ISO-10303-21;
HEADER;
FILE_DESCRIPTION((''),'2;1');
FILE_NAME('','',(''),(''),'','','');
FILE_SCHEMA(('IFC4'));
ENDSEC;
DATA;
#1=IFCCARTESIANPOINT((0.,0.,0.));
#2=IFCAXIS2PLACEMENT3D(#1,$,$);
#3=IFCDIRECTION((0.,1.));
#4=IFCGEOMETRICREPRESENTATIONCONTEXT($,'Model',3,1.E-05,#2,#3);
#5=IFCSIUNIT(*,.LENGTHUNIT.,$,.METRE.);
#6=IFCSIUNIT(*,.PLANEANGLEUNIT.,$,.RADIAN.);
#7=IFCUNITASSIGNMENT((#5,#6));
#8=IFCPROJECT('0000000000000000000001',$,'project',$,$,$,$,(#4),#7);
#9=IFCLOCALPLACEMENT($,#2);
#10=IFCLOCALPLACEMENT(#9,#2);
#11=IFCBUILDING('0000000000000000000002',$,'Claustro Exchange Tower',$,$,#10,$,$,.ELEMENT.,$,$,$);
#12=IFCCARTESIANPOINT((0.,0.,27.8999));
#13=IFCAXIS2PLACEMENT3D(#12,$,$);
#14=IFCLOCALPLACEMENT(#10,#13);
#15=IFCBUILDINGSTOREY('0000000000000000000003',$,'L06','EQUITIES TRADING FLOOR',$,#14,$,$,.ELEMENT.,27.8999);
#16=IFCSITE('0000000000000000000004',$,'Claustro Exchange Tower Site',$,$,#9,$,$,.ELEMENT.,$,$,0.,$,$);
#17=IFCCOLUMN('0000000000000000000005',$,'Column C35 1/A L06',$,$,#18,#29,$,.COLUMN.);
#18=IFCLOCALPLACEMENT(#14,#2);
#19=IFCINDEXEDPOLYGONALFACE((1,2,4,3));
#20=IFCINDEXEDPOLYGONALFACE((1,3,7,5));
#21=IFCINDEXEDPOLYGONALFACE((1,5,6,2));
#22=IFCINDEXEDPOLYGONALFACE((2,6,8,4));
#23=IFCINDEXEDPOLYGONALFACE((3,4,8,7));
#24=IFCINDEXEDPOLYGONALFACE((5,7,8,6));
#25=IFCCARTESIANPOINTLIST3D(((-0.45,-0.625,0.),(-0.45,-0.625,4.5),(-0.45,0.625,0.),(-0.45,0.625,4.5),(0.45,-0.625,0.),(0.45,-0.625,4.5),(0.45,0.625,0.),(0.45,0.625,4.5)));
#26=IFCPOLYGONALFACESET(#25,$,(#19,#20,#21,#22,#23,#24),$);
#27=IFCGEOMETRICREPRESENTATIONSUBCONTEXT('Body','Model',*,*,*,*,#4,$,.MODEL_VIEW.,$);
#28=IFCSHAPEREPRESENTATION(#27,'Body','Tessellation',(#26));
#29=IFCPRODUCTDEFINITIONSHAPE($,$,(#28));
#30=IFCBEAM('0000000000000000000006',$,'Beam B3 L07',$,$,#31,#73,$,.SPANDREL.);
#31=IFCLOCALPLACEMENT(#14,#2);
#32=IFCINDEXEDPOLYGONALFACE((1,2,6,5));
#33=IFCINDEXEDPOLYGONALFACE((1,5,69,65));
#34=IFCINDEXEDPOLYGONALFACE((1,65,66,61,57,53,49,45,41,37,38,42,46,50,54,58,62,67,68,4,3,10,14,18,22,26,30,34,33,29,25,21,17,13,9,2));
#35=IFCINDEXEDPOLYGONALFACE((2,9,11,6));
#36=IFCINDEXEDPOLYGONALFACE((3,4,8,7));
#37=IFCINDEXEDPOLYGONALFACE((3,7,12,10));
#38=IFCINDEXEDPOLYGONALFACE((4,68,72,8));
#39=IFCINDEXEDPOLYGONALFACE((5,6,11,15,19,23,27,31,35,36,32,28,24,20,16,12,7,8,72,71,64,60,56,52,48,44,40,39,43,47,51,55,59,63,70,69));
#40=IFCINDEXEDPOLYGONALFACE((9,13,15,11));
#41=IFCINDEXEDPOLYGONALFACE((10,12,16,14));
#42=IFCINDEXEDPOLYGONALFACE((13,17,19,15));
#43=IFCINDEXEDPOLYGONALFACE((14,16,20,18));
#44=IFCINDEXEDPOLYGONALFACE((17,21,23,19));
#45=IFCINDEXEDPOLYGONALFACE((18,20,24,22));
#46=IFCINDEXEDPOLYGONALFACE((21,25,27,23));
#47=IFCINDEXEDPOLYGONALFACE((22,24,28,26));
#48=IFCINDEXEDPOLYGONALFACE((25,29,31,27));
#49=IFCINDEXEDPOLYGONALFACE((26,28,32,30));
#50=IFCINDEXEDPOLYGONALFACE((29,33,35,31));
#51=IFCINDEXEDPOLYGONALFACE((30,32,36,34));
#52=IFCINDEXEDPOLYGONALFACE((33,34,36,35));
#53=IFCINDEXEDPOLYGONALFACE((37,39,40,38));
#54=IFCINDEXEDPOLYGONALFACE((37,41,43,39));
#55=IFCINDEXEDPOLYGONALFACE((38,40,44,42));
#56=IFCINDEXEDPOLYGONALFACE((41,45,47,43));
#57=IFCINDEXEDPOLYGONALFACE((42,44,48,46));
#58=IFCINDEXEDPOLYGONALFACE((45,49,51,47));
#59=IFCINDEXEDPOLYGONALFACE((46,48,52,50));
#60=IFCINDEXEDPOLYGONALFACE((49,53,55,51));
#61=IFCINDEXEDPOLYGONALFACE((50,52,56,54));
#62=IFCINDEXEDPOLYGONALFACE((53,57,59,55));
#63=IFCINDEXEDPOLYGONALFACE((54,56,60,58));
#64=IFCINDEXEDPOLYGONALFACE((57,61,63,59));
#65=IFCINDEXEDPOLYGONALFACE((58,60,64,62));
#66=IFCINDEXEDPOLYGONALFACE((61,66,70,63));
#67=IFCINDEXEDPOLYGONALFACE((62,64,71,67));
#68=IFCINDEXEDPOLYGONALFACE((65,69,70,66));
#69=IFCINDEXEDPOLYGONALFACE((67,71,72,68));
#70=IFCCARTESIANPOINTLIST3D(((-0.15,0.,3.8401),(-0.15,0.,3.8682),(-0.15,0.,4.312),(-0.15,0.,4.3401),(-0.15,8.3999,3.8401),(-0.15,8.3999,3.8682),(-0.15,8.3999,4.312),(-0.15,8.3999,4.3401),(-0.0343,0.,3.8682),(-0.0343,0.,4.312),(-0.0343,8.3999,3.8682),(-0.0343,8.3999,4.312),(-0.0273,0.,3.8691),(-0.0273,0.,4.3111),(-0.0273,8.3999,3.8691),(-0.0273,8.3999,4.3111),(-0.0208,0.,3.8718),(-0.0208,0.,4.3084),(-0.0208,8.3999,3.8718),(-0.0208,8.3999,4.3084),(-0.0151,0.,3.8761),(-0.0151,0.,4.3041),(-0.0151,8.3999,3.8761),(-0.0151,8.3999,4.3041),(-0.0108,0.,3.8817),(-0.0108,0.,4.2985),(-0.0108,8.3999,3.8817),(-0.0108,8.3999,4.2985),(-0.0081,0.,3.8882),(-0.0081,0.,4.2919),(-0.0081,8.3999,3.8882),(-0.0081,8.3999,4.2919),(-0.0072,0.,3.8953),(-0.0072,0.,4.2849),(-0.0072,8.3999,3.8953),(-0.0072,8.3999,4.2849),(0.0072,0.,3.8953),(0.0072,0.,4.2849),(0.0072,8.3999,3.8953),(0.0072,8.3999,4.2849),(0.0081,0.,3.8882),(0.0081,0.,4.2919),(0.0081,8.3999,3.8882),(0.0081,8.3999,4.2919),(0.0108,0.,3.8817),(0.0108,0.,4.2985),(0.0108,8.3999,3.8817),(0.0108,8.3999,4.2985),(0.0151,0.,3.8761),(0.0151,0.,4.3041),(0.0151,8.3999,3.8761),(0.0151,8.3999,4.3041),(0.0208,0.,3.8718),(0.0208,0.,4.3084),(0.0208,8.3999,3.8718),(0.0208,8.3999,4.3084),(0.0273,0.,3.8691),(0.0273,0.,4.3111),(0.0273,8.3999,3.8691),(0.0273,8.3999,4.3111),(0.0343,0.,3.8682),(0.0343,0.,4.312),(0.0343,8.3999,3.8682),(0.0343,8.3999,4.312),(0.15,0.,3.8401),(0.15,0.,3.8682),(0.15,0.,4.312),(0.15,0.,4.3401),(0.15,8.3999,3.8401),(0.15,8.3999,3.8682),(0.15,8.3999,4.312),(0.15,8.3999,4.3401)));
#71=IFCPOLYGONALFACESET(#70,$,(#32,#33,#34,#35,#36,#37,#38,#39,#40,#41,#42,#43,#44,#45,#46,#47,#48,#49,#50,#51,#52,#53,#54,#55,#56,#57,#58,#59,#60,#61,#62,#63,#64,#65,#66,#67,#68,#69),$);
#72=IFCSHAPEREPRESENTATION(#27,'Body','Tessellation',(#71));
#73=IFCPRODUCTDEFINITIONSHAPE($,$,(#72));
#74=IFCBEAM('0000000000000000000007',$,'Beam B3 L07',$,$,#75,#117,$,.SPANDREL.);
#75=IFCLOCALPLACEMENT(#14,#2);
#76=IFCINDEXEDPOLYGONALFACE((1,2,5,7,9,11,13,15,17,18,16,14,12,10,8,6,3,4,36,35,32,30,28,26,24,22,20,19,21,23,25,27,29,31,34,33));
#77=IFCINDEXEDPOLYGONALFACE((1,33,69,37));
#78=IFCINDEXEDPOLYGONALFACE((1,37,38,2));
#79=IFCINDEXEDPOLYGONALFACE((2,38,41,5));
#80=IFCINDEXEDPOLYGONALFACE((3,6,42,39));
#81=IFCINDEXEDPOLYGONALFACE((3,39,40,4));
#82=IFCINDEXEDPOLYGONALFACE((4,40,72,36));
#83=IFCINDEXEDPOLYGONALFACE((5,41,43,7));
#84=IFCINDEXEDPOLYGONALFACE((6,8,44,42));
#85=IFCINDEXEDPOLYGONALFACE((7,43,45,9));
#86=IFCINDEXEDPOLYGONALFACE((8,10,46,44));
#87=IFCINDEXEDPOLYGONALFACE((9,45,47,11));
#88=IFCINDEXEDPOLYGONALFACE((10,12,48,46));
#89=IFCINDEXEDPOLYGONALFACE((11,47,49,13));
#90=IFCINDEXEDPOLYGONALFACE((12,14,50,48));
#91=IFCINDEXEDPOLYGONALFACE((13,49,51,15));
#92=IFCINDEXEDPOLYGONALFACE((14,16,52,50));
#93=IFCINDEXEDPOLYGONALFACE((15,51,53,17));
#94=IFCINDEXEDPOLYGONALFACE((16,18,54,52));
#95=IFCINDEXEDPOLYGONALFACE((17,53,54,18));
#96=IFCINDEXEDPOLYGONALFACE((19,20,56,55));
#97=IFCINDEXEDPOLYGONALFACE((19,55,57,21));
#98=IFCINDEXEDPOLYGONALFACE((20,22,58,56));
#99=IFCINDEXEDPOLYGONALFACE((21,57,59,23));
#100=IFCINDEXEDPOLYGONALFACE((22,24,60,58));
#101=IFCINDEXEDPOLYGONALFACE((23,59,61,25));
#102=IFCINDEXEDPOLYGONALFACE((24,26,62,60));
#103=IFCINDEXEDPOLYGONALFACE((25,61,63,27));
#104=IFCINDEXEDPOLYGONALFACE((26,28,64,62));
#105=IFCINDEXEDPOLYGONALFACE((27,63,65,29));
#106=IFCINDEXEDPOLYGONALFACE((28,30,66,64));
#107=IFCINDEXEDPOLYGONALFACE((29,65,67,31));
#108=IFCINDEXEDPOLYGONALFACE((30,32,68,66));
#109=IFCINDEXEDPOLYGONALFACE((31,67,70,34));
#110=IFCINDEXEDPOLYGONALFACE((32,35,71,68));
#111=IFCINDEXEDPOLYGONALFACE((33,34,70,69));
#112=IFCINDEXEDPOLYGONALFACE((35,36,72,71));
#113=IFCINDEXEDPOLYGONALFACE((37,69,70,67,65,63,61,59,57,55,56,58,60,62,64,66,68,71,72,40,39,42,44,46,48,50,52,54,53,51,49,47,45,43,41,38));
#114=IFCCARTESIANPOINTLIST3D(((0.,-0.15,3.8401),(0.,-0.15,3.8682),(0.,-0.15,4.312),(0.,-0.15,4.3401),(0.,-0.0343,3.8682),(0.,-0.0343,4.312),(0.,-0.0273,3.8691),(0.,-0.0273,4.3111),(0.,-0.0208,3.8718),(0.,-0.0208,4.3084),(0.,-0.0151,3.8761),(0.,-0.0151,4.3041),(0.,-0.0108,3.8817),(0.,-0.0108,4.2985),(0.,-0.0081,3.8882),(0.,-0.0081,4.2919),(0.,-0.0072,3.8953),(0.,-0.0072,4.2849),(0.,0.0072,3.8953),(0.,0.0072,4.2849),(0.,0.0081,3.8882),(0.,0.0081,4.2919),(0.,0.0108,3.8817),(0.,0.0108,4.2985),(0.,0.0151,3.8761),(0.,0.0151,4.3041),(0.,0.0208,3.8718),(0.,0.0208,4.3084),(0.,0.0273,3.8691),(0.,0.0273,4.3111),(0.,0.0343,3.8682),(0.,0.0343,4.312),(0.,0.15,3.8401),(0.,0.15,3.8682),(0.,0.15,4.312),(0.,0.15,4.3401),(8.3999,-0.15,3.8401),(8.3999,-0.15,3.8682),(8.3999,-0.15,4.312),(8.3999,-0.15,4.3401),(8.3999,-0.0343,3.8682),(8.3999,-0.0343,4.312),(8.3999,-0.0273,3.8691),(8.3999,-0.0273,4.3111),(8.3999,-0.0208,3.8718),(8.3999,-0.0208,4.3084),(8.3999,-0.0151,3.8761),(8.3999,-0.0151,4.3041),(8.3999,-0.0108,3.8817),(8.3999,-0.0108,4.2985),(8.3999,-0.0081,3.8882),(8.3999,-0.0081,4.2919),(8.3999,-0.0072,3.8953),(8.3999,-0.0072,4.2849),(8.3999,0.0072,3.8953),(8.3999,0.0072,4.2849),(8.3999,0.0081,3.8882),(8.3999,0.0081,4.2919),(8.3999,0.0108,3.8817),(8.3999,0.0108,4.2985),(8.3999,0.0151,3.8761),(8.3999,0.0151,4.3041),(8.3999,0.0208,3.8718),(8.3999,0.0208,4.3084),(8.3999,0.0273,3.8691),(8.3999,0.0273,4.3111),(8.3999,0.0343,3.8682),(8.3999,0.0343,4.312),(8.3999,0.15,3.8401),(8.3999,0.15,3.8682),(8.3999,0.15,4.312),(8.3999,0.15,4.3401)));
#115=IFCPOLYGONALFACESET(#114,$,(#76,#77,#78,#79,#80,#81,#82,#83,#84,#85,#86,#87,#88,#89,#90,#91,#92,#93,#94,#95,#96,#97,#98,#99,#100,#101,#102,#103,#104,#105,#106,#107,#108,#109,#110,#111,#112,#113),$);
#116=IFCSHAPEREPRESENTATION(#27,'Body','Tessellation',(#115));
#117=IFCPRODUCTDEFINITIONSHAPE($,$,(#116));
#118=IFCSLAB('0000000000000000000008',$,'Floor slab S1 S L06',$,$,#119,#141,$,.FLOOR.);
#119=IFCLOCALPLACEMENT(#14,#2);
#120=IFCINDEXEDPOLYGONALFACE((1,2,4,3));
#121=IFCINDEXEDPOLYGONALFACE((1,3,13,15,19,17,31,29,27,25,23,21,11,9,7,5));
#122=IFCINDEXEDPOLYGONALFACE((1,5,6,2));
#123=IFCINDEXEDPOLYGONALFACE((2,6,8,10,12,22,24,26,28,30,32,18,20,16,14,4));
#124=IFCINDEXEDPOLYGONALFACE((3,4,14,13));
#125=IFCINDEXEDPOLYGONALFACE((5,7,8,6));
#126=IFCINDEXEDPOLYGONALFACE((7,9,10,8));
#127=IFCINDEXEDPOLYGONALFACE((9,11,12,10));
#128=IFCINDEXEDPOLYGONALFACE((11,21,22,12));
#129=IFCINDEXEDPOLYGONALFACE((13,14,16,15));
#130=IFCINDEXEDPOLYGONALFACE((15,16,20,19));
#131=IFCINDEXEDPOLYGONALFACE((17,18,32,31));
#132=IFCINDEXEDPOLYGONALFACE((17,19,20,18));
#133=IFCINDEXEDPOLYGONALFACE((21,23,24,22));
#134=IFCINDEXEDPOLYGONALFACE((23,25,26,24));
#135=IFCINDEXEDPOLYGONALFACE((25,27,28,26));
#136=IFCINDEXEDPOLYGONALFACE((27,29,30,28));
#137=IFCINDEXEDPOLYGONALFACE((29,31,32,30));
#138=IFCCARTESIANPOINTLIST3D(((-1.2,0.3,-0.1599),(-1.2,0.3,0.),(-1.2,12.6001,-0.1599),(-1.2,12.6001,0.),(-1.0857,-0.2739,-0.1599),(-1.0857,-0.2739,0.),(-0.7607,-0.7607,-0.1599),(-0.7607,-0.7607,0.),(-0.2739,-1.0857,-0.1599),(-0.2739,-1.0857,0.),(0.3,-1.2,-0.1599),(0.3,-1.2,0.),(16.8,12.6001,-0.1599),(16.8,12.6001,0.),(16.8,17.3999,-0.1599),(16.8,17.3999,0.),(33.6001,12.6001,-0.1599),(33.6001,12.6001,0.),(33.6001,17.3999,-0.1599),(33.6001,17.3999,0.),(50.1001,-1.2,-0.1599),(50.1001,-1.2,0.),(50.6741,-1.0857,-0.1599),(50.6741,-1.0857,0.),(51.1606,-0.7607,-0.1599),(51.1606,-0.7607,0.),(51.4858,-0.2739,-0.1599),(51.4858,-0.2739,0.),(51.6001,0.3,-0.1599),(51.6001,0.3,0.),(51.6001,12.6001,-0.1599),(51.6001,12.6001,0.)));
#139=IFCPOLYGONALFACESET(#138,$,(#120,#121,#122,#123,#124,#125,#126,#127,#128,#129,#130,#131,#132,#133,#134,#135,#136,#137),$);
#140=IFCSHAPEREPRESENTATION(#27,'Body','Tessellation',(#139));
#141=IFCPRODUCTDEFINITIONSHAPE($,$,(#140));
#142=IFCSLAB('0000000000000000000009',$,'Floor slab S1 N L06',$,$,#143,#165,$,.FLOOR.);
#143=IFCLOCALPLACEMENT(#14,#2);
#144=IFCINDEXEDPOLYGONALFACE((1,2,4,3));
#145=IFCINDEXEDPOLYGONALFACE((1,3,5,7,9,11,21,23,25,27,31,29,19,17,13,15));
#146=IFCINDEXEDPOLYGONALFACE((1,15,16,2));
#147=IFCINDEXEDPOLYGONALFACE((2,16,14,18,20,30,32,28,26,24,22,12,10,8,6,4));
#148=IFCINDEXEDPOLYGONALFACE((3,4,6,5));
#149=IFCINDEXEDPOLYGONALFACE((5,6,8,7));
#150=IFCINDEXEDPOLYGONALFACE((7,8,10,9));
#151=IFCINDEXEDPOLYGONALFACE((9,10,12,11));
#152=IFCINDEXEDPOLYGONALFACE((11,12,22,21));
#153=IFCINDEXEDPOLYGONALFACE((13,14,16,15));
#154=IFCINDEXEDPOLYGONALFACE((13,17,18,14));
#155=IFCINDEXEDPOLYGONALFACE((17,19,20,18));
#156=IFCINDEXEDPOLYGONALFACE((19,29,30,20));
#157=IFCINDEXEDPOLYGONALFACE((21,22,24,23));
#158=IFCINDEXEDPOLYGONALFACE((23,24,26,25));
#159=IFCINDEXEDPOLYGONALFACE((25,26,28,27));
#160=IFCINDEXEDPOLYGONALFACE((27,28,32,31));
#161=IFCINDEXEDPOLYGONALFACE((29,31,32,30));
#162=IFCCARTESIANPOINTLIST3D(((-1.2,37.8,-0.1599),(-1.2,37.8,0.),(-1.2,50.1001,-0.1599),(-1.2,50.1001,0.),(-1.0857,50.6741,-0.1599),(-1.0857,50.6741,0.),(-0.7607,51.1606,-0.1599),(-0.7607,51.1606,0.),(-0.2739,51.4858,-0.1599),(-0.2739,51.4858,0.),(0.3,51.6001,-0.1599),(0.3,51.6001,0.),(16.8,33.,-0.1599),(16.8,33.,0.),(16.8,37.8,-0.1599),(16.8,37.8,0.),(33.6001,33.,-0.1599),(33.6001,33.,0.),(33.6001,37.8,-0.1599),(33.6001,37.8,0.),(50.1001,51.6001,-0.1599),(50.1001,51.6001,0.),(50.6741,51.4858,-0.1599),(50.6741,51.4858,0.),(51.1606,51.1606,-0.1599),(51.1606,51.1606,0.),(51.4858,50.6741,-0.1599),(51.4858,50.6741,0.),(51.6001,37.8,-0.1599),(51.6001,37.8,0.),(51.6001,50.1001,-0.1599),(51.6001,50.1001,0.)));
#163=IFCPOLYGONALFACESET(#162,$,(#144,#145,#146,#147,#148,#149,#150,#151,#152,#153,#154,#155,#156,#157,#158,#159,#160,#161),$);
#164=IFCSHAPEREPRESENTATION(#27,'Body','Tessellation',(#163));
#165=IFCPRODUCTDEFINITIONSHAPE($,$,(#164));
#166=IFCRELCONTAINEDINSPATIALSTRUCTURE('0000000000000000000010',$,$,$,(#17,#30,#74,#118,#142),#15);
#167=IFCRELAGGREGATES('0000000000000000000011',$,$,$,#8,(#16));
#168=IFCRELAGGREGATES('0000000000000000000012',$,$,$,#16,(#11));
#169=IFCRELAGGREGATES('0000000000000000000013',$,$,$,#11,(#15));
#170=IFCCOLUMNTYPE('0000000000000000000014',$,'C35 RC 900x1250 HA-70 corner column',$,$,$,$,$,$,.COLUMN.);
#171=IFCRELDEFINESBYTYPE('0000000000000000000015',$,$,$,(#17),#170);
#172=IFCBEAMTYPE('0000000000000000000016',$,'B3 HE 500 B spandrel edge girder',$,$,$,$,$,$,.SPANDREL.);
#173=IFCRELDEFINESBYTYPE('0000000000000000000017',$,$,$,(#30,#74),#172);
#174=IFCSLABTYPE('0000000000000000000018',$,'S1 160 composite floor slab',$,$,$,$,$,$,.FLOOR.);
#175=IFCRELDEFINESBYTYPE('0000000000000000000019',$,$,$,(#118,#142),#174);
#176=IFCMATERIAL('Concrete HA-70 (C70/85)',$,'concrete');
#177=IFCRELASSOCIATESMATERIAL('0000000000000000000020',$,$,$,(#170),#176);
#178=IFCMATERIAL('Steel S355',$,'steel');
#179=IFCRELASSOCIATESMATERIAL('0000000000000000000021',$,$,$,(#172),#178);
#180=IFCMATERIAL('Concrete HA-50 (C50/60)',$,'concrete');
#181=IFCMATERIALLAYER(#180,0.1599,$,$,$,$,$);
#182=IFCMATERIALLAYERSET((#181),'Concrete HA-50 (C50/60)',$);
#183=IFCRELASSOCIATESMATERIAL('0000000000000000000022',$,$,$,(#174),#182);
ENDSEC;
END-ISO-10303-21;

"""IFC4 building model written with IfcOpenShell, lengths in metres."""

from ifc_helpers import new_model, si_unit, direction, frame, origin, origin_with_axes, origin_2d, place, context, subcontext, project, spatial, polyline, rectangle, i_section, outline, extrude, material, layer, layer_set, material_profile, profile_set, type_object, element, save


model = new_model("IFC4")

# Units and contexts
model_context = context("Model", 3, precision=1e-05, world=origin(), true_north=direction((0.0, 1.0)))
body_context = subcontext(model_context, "Body", "Model", "MODEL_VIEW")
ifc_project = project(units=[si_unit("LENGTHUNIT", "METRE"), si_unit("PLANEANGLEUNIT", "RADIAN")], contexts=[model_context])

# Site, building, storey
site_placement = place(None, origin())
site = spatial("IfcSite", under=ifc_project, at=site_placement, Name="Claustro Exchange Tower Site", CompositionType="ELEMENT", RefElevation=0.0)
building_placement = place(site_placement, origin())
building = spatial("IfcBuilding", under=site, at=building_placement, Name="Claustro Exchange Tower", CompositionType="ELEMENT")
storey_placement = place(building_placement, frame((0.0, 0.0, 27.8999)))
storey = spatial("IfcBuildingStorey", under=building, at=storey_placement, Name="L06", Description="EQUITIES TRADING FLOOR", CompositionType="ELEMENT", Elevation=27.8999)

# Column
ifc_material_1 = material(Name="Concrete HA-70 (C70/85)", Category="concrete")
ifc_material_profile_1 = material_profile(ifc_material_1, rectangle(XDim=0.8999, YDim=1.25, at=origin_2d()), Name="RC 900x1250")
ifc_profile_set_1 = profile_set([ifc_material_profile_1], Name="Concrete HA-70 (C70/85)")
column_type = type_object("IfcColumnType", Name="C35 RC 900x1250 HA-70 corner column", PredefinedType="COLUMN", material=ifc_profile_set_1)
column_placement = place(storey_placement, origin_with_axes())
element("IfcColumn", 1, at=column_placement, inside=storey, type_object=column_type, Name="Column C35 1/A L06", PredefinedType="COLUMN", context=body_context, shape_type="SweptSolid", body=[
    extrude(rectangle(XDim=0.8999, YDim=1.25, at=origin_2d()), origin(), (0.0, 0.0, 1.0), 4.5),
])

# Beams
ifc_material_2 = material(Name="Steel S355", Category="steel")
ifc_material_profile_2 = material_profile(ifc_material_2, i_section(OverallWidth=0.3, OverallDepth=0.5, WebThickness=0.0144, FlangeThickness=0.0281, FilletRadius=0.0271, at=origin_2d()), Name="HE 500 B")
ifc_profile_set_2 = profile_set([ifc_material_profile_2], Name="Steel S355")
beam_type = type_object("IfcBeamType", Name="B3 HE 500 B spandrel edge girder", PredefinedType="SPANDREL", material=ifc_profile_set_2)
for number, where, z_axis, x_axis, name in (
    (2, (0.0, 0.0, 4.0901), (0.0, 1.0, 0.0), (-1.0, 0.0, 0.0), "Beam B3 L07"),
    (3, (0.0, 0.0, 4.0901), (1.0, 0.0, 0.0), (0.0, 1.0, 0.0), "Beam B3 L07"),
):
    element("IfcBeam", number, at=place(storey_placement, frame(where, z_axis=z_axis, x_axis=x_axis)), inside=storey, type_object=beam_type, Name=name, PredefinedType="SPANDREL", context=body_context, shape_type="SweptSolid", body=[
        extrude(i_section(OverallWidth=0.3, OverallDepth=0.5, WebThickness=0.0144, FlangeThickness=0.0281, FilletRadius=0.0271, at=origin_2d()), origin(), (0.0, 0.0, 1.0), 8.3999),
    ])

# Slabs
ifc_material_3 = material(Name="Concrete HA-50 (C50/60)", Category="concrete")
ifc_layer_1 = layer(ifc_material_3, 0.1599)
ifc_layer_set_1 = layer_set([ifc_layer_1], Name="Concrete HA-50 (C50/60)")
slab_type_1 = type_object("IfcSlabType", Name="S1 160 composite floor slab", PredefinedType="FLOOR", material=ifc_layer_set_1)
slab_1_placement = place(storey_placement, frame((0.0, 0.0, -0.1599)))
element("IfcSlab", 4, at=slab_1_placement, inside=storey, type_object=slab_type_1, Name="Floor slab S1 S L06", PredefinedType="FLOOR", context=body_context, shape_type="SweptSolid", body=[
    extrude(outline(polyline([(-0.2739, -1.0857), (0.3, -1.2), (50.1001, -1.2), (50.6741, -1.0857), (51.1606, -0.7607), (51.4858, -0.2739), (51.6001, 0.3), (51.6001, 12.6001), (33.6001, 12.6001), (33.6001, 17.3999), (16.8, 17.3999), (16.8, 12.6001), (-1.2, 12.6001), (-1.2, 0.3), (-1.0857, -0.2739), (-0.7607, -0.7607), (-0.2739, -1.0857)])), origin(), (0.0, 0.0, 1.0), 0.1599),
])
slab_2_placement = place(storey_placement, frame((0.0, 0.0, -0.1599)))
element("IfcSlab", 5, at=slab_2_placement, inside=storey, type_object=slab_type_1, Name="Floor slab S1 N L06", PredefinedType="FLOOR", context=body_context, shape_type="SweptSolid", body=[
    extrude(outline(polyline([(16.8, 37.8), (16.8, 33.0), (33.6001, 33.0), (33.6001, 37.8), (51.6001, 37.8), (51.6001, 50.1001), (51.4858, 50.6741), (51.1606, 51.1606), (50.6741, 51.4858), (50.1001, 51.6001), (0.3, 51.6001), (-0.2739, 51.4858), (-0.7607, 51.1606), (-1.0857, 50.6741), (-1.2, 50.1001), (-1.2, 37.8), (16.8, 37.8)])), origin(), (0.0, 0.0, 1.0), 0.1599),
])

save(model, "model.ifc")
